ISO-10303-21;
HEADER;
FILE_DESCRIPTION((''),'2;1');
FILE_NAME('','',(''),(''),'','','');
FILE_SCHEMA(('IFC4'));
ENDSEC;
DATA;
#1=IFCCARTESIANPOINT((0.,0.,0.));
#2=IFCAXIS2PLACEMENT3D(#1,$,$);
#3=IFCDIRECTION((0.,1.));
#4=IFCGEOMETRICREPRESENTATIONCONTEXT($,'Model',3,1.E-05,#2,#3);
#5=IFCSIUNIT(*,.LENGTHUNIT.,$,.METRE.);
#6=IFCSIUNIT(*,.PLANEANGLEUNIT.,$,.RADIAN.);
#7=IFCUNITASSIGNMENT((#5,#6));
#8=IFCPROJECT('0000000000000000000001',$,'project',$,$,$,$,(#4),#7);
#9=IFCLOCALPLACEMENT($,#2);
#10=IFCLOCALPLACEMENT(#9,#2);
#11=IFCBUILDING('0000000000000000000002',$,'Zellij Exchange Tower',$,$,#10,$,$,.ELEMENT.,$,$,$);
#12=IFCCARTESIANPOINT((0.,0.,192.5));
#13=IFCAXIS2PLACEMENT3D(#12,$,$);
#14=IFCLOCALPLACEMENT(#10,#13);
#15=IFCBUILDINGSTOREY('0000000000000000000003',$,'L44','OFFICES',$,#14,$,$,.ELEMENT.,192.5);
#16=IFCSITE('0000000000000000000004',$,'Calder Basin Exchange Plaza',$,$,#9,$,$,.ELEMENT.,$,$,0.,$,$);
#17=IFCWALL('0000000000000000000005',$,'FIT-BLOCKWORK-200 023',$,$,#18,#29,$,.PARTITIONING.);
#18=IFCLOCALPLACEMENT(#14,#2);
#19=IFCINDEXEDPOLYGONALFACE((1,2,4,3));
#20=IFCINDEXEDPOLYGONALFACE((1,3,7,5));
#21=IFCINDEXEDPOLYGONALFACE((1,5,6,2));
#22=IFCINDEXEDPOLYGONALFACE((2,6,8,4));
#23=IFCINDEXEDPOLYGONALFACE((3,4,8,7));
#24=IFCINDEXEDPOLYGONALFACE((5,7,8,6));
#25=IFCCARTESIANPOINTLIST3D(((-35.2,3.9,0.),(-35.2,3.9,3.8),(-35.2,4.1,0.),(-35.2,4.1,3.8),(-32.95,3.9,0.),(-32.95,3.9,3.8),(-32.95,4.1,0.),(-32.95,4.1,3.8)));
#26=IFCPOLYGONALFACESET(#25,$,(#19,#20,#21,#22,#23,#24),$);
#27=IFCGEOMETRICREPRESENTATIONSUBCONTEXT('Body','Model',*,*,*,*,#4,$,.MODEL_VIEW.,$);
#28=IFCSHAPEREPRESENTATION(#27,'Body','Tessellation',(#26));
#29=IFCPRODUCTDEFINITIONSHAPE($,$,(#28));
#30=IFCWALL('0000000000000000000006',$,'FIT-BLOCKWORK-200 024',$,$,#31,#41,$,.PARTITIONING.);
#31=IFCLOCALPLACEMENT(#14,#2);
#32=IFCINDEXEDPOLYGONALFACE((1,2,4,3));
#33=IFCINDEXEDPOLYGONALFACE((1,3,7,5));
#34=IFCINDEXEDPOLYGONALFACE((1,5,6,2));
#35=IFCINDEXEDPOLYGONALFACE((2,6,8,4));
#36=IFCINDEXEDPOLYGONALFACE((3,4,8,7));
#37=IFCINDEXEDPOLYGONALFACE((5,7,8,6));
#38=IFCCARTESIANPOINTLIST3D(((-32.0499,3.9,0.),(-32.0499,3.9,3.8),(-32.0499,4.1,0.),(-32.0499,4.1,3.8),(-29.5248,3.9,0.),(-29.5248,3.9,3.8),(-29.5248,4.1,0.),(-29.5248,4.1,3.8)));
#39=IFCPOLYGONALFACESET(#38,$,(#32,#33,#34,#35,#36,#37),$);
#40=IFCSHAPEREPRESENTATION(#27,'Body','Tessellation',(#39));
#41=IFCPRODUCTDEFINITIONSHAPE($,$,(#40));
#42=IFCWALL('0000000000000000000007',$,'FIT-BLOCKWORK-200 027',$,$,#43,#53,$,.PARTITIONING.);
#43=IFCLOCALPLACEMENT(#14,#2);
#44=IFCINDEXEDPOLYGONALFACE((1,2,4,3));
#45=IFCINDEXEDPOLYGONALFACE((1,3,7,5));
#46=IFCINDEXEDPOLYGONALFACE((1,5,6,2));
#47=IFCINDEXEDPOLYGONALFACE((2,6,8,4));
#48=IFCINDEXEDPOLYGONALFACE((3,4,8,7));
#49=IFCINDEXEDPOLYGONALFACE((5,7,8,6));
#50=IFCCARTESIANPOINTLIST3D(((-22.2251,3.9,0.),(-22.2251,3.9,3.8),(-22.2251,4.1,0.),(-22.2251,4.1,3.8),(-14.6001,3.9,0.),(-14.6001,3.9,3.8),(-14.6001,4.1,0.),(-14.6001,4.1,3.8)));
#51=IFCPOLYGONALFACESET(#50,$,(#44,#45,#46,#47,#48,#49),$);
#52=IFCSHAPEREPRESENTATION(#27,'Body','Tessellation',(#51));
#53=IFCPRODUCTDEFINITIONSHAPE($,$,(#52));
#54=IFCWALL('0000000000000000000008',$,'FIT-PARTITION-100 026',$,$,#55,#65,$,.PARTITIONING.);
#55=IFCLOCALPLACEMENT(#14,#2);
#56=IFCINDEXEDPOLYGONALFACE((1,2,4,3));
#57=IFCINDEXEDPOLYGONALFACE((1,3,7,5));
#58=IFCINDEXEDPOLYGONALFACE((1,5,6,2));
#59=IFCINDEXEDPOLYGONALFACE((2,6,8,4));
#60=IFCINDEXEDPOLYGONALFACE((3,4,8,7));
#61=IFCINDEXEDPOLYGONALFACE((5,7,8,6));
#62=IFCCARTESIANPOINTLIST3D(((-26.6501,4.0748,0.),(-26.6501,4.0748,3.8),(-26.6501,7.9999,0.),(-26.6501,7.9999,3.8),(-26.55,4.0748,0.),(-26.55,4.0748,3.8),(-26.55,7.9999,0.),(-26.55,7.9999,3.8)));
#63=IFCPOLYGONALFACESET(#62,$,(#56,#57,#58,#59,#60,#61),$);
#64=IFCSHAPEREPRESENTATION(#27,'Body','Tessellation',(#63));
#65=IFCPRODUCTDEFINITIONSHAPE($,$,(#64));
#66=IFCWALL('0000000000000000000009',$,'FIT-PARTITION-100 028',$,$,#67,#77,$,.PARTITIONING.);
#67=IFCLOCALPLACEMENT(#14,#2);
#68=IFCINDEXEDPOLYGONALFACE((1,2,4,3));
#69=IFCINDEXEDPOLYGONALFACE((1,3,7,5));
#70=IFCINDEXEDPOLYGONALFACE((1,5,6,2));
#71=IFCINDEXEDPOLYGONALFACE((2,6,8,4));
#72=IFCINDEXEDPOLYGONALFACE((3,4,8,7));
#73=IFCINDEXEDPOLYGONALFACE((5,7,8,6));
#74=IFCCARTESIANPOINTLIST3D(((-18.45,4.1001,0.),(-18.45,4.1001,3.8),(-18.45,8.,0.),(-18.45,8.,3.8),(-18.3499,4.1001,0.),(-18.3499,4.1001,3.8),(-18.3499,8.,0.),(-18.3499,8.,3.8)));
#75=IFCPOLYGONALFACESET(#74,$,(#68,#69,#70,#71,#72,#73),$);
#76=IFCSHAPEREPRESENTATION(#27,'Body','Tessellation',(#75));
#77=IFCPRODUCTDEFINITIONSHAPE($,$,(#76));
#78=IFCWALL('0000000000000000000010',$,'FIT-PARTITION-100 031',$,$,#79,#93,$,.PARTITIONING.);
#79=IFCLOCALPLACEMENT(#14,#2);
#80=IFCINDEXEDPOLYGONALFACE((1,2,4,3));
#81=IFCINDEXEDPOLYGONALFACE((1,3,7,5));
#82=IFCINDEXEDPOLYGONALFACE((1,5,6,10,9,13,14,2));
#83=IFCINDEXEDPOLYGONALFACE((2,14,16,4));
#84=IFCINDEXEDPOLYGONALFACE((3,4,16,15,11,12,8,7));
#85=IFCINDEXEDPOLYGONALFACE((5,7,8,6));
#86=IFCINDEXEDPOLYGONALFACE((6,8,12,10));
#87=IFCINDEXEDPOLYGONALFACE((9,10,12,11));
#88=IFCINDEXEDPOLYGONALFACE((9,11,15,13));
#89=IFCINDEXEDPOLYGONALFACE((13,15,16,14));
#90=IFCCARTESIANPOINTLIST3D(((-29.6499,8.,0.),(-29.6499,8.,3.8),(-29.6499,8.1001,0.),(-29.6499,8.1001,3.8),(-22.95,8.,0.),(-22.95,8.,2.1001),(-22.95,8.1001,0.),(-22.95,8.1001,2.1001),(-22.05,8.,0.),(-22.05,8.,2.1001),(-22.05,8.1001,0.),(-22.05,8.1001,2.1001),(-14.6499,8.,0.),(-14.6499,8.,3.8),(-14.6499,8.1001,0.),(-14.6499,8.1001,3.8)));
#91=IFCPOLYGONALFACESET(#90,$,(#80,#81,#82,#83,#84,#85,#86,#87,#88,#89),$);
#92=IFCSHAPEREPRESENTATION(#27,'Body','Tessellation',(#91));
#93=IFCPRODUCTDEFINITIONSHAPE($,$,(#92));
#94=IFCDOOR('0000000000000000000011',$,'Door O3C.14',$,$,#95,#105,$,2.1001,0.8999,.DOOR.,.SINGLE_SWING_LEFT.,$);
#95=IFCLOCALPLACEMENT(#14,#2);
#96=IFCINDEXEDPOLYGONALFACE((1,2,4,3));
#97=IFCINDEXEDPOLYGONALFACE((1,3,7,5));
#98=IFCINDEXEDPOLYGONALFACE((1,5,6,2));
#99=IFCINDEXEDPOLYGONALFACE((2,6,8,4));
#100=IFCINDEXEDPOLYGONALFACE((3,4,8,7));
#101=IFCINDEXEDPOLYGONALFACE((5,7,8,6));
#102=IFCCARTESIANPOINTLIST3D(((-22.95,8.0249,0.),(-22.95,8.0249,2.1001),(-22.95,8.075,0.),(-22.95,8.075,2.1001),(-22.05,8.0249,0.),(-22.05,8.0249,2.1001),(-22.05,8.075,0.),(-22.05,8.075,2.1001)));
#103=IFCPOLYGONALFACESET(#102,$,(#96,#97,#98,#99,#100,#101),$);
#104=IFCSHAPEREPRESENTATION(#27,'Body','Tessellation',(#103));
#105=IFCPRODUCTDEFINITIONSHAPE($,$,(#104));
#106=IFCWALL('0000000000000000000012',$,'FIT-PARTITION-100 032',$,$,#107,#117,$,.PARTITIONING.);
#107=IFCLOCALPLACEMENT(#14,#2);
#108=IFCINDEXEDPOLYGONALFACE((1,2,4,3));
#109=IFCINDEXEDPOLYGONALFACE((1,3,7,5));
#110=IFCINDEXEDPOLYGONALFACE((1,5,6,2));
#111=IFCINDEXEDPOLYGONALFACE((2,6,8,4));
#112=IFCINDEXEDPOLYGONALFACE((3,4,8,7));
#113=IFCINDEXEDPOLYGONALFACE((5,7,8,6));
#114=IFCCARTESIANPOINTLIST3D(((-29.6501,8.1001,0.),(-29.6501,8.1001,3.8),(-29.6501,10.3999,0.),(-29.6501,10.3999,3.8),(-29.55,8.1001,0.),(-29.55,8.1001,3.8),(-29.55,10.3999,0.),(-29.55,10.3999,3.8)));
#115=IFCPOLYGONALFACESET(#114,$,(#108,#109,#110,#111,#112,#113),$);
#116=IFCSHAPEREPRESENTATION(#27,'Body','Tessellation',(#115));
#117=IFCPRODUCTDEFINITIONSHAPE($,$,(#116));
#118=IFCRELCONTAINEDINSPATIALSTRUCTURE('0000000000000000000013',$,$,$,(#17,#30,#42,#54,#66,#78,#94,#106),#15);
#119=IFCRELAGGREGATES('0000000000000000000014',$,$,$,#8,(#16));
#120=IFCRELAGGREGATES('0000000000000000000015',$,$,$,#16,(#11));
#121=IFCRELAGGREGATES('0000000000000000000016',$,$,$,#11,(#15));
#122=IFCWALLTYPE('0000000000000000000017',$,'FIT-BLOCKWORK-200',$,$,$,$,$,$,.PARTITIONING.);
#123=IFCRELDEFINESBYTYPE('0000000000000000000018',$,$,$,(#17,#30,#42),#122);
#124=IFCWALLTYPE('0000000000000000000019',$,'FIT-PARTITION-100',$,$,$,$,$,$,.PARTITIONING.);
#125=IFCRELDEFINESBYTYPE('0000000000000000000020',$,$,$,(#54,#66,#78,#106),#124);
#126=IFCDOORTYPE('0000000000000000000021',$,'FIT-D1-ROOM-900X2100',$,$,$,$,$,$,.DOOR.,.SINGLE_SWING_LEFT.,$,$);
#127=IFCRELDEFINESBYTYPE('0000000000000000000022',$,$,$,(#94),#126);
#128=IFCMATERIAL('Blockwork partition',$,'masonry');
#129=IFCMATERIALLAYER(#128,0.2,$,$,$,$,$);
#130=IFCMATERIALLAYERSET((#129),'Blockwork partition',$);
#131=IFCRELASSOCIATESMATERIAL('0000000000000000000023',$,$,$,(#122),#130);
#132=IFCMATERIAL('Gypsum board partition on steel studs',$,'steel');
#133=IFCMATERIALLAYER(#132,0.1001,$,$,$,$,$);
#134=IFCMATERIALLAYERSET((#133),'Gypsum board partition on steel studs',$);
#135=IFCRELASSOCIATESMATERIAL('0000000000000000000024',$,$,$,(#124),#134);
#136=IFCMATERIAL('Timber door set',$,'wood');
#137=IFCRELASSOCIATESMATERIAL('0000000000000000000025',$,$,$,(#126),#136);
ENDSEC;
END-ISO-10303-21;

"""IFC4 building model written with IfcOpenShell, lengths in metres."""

from ifc_helpers import new_model, si_unit, direction, frame, frame_2d, origin, place, context, subcontext, project, spatial, rectangle, extrude, material, layer, layer_set, type_object, element, fill, save


model = new_model("IFC4")

# Units and contexts
model_context = context("Model", 3, precision=1e-05, world=origin(), true_north=direction((0.0, 1.0)))
body_context = subcontext(model_context, "Body", "Model", "MODEL_VIEW")
ifc_project = project(units=[si_unit("LENGTHUNIT", "METRE"), si_unit("PLANEANGLEUNIT", "RADIAN")], contexts=[model_context])

# Site, building, storey
site_placement = place(None, origin())
site = spatial("IfcSite", under=ifc_project, at=site_placement, Name="Calder Basin Exchange Plaza", CompositionType="ELEMENT", RefElevation=0.0)
building_placement = place(site_placement, origin())
building = spatial("IfcBuilding", under=site, at=building_placement, Name="Zellij Exchange Tower", CompositionType="ELEMENT")
storey_placement = place(building_placement, frame((0.0, 0.0, 192.5)))
storey = spatial("IfcBuildingStorey", under=building, at=storey_placement, Name="L44", Description="OFFICES", CompositionType="ELEMENT", Elevation=192.5)

# Walls
ifc_material_1 = material(Name="Blockwork partition", Category="masonry")
ifc_layer_1 = layer(ifc_material_1, 0.2)
ifc_layer_set_1 = layer_set([ifc_layer_1], Name="Blockwork partition")
wall_type_1 = type_object("IfcWallType", Name="FIT-BLOCKWORK-200", PredefinedType="PARTITIONING", material=ifc_layer_set_1)
wall_1_placement = place(storey_placement, frame((-35.2, 4.0, 0.0), z_axis=(0.0, 0.0, 1.0), x_axis=(1.0, 0.0, 0.0)))
element("IfcWall", 1, at=wall_1_placement, inside=storey, type_object=wall_type_1, Name="FIT-BLOCKWORK-200 023", PredefinedType="PARTITIONING", context=body_context, shape_type="SweptSolid", body=[
    extrude(rectangle(XDim=2.25, YDim=0.2, at=frame_2d((1.125, 0.0))), origin(), (0.0, 0.0, 1.0), 3.8),
])
wall_2_placement = place(storey_placement, frame((-32.05, 4.0, 0.0), z_axis=(0.0, 0.0, 1.0), x_axis=(1.0, 0.0, 0.0)))
element("IfcWall", 2, at=wall_2_placement, inside=storey, type_object=wall_type_1, Name="FIT-BLOCKWORK-200 024", PredefinedType="PARTITIONING", context=body_context, shape_type="SweptSolid", body=[
    extrude(rectangle(XDim=2.5251, YDim=0.2, at=frame_2d((1.2627, 0.0))), origin(), (0.0, 0.0, 1.0), 3.8),
])
wall_3_placement = place(storey_placement, frame((-22.2251, 4.0, 0.0), z_axis=(0.0, 0.0, 1.0), x_axis=(1.0, 0.0, 0.0)))
element("IfcWall", 3, at=wall_3_placement, inside=storey, type_object=wall_type_1, Name="FIT-BLOCKWORK-200 027", PredefinedType="PARTITIONING", context=body_context, shape_type="SweptSolid", body=[
    extrude(rectangle(XDim=7.625, YDim=0.2, at=frame_2d((3.8125, 0.0))), origin(), (0.0, 0.0, 1.0), 3.8),
])
ifc_material_2 = material(Name="Gypsum board partition on steel studs", Category="steel")
ifc_layer_2 = layer(ifc_material_2, 0.1001)
ifc_layer_set_2 = layer_set([ifc_layer_2], Name="Gypsum board partition on steel studs")
wall_type_2 = type_object("IfcWallType", Name="FIT-PARTITION-100", PredefinedType="PARTITIONING", material=ifc_layer_set_2)
wall_4_placement = place(storey_placement, frame((-26.6001, 4.075, 0.0), z_axis=(0.0, 0.0, 1.0), x_axis=(0.0, 1.0, 0.0)))
element("IfcWall", 4, at=wall_4_placement, inside=storey, type_object=wall_type_2, Name="FIT-PARTITION-100 026", PredefinedType="PARTITIONING", context=body_context, shape_type="SweptSolid", body=[
    extrude(rectangle(XDim=3.925, YDim=0.1001, at=frame_2d((1.9624, 0.0))), origin(), (0.0, 0.0, 1.0), 3.8),
])
wall_5_placement = place(storey_placement, frame((-18.3999, 4.1001, 0.0), z_axis=(0.0, 0.0, 1.0), x_axis=(0.0, 1.0, 0.0)))
element("IfcWall", 5, at=wall_5_placement, inside=storey, type_object=wall_type_2, Name="FIT-PARTITION-100 028", PredefinedType="PARTITIONING", context=body_context, shape_type="SweptSolid", body=[
    extrude(rectangle(XDim=3.8999, YDim=0.1001, at=frame_2d((1.95, 0.0))), origin(), (0.0, 0.0, 1.0), 3.8),
])

# Wall, opening, door
wall_6_placement = place(storey_placement, frame((-29.6499, 8.05, 0.0), z_axis=(0.0, 0.0, 1.0), x_axis=(1.0, 0.0, 0.0)))
wall_6 = element("IfcWall", 6, at=wall_6_placement, inside=storey, type_object=wall_type_2, Name="FIT-PARTITION-100 031", PredefinedType="PARTITIONING", context=body_context, shape_type="SweptSolid", body=[
    extrude(rectangle(XDim=15.0, YDim=0.1001, at=frame_2d((7.5, 0.0))), origin(), (0.0, 0.0, 1.0), 3.8),
])
opening_1_placement = place(wall_6_placement, frame((6.7, 0.0, 0.0)))
opening_1 = element("IfcOpeningElement", 7, at=opening_1_placement, cuts=wall_6, PredefinedType="OPENING", context=body_context, shape_type="SweptSolid", body=[
    extrude(rectangle(XDim=0.8999, YDim=2.1001, at=frame_2d((0.45, 1.05))), frame((0.0, 0.062, 0.0), z_axis=(0.0, -1.0, 0.0), x_axis=(1.0, 0.0, 0.0)), (0.0, 0.0, 1.0), 0.124),
])
ifc_material_3 = material(Name="Timber door set", Category="wood")
door_type_1 = type_object("IfcDoorType", Name="FIT-D1-ROOM-900X2100", OperationType="SINGLE_SWING_LEFT", PredefinedType="DOOR", material=ifc_material_3)
door_1_placement = place(opening_1_placement, origin())
door_1 = element("IfcDoor", 8, at=door_1_placement, inside=storey, type_object=door_type_1, Name="Door O3C.14", OperationType="SINGLE_SWING_LEFT", OverallHeight=2.1001, OverallWidth=0.8999, PredefinedType="DOOR", context=body_context, shape_type="SweptSolid", body=[
    extrude(rectangle(XDim=0.8999, YDim=2.1001, at=frame_2d((0.45, 1.05))), frame((0.0, 0.0249, 0.0), z_axis=(0.0, -1.0, 0.0), x_axis=(1.0, 0.0, 0.0)), (0.0, 0.0, 1.0), 0.05),
])
fill(opening_1, door_1)

# Wall
wall_7_placement = place(storey_placement, frame((-29.6001, 8.1001, 0.0), z_axis=(0.0, 0.0, 1.0), x_axis=(0.0, 1.0, 0.0)))
element("IfcWall", 9, at=wall_7_placement, inside=storey, type_object=wall_type_2, Name="FIT-PARTITION-100 032", PredefinedType="PARTITIONING", context=body_context, shape_type="SweptSolid", body=[
    extrude(rectangle(XDim=2.2998, YDim=0.1001, at=frame_2d((1.1499, 0.0))), origin(), (0.0, 0.0, 1.0), 3.8),
])

save(model, "model.ifc")
